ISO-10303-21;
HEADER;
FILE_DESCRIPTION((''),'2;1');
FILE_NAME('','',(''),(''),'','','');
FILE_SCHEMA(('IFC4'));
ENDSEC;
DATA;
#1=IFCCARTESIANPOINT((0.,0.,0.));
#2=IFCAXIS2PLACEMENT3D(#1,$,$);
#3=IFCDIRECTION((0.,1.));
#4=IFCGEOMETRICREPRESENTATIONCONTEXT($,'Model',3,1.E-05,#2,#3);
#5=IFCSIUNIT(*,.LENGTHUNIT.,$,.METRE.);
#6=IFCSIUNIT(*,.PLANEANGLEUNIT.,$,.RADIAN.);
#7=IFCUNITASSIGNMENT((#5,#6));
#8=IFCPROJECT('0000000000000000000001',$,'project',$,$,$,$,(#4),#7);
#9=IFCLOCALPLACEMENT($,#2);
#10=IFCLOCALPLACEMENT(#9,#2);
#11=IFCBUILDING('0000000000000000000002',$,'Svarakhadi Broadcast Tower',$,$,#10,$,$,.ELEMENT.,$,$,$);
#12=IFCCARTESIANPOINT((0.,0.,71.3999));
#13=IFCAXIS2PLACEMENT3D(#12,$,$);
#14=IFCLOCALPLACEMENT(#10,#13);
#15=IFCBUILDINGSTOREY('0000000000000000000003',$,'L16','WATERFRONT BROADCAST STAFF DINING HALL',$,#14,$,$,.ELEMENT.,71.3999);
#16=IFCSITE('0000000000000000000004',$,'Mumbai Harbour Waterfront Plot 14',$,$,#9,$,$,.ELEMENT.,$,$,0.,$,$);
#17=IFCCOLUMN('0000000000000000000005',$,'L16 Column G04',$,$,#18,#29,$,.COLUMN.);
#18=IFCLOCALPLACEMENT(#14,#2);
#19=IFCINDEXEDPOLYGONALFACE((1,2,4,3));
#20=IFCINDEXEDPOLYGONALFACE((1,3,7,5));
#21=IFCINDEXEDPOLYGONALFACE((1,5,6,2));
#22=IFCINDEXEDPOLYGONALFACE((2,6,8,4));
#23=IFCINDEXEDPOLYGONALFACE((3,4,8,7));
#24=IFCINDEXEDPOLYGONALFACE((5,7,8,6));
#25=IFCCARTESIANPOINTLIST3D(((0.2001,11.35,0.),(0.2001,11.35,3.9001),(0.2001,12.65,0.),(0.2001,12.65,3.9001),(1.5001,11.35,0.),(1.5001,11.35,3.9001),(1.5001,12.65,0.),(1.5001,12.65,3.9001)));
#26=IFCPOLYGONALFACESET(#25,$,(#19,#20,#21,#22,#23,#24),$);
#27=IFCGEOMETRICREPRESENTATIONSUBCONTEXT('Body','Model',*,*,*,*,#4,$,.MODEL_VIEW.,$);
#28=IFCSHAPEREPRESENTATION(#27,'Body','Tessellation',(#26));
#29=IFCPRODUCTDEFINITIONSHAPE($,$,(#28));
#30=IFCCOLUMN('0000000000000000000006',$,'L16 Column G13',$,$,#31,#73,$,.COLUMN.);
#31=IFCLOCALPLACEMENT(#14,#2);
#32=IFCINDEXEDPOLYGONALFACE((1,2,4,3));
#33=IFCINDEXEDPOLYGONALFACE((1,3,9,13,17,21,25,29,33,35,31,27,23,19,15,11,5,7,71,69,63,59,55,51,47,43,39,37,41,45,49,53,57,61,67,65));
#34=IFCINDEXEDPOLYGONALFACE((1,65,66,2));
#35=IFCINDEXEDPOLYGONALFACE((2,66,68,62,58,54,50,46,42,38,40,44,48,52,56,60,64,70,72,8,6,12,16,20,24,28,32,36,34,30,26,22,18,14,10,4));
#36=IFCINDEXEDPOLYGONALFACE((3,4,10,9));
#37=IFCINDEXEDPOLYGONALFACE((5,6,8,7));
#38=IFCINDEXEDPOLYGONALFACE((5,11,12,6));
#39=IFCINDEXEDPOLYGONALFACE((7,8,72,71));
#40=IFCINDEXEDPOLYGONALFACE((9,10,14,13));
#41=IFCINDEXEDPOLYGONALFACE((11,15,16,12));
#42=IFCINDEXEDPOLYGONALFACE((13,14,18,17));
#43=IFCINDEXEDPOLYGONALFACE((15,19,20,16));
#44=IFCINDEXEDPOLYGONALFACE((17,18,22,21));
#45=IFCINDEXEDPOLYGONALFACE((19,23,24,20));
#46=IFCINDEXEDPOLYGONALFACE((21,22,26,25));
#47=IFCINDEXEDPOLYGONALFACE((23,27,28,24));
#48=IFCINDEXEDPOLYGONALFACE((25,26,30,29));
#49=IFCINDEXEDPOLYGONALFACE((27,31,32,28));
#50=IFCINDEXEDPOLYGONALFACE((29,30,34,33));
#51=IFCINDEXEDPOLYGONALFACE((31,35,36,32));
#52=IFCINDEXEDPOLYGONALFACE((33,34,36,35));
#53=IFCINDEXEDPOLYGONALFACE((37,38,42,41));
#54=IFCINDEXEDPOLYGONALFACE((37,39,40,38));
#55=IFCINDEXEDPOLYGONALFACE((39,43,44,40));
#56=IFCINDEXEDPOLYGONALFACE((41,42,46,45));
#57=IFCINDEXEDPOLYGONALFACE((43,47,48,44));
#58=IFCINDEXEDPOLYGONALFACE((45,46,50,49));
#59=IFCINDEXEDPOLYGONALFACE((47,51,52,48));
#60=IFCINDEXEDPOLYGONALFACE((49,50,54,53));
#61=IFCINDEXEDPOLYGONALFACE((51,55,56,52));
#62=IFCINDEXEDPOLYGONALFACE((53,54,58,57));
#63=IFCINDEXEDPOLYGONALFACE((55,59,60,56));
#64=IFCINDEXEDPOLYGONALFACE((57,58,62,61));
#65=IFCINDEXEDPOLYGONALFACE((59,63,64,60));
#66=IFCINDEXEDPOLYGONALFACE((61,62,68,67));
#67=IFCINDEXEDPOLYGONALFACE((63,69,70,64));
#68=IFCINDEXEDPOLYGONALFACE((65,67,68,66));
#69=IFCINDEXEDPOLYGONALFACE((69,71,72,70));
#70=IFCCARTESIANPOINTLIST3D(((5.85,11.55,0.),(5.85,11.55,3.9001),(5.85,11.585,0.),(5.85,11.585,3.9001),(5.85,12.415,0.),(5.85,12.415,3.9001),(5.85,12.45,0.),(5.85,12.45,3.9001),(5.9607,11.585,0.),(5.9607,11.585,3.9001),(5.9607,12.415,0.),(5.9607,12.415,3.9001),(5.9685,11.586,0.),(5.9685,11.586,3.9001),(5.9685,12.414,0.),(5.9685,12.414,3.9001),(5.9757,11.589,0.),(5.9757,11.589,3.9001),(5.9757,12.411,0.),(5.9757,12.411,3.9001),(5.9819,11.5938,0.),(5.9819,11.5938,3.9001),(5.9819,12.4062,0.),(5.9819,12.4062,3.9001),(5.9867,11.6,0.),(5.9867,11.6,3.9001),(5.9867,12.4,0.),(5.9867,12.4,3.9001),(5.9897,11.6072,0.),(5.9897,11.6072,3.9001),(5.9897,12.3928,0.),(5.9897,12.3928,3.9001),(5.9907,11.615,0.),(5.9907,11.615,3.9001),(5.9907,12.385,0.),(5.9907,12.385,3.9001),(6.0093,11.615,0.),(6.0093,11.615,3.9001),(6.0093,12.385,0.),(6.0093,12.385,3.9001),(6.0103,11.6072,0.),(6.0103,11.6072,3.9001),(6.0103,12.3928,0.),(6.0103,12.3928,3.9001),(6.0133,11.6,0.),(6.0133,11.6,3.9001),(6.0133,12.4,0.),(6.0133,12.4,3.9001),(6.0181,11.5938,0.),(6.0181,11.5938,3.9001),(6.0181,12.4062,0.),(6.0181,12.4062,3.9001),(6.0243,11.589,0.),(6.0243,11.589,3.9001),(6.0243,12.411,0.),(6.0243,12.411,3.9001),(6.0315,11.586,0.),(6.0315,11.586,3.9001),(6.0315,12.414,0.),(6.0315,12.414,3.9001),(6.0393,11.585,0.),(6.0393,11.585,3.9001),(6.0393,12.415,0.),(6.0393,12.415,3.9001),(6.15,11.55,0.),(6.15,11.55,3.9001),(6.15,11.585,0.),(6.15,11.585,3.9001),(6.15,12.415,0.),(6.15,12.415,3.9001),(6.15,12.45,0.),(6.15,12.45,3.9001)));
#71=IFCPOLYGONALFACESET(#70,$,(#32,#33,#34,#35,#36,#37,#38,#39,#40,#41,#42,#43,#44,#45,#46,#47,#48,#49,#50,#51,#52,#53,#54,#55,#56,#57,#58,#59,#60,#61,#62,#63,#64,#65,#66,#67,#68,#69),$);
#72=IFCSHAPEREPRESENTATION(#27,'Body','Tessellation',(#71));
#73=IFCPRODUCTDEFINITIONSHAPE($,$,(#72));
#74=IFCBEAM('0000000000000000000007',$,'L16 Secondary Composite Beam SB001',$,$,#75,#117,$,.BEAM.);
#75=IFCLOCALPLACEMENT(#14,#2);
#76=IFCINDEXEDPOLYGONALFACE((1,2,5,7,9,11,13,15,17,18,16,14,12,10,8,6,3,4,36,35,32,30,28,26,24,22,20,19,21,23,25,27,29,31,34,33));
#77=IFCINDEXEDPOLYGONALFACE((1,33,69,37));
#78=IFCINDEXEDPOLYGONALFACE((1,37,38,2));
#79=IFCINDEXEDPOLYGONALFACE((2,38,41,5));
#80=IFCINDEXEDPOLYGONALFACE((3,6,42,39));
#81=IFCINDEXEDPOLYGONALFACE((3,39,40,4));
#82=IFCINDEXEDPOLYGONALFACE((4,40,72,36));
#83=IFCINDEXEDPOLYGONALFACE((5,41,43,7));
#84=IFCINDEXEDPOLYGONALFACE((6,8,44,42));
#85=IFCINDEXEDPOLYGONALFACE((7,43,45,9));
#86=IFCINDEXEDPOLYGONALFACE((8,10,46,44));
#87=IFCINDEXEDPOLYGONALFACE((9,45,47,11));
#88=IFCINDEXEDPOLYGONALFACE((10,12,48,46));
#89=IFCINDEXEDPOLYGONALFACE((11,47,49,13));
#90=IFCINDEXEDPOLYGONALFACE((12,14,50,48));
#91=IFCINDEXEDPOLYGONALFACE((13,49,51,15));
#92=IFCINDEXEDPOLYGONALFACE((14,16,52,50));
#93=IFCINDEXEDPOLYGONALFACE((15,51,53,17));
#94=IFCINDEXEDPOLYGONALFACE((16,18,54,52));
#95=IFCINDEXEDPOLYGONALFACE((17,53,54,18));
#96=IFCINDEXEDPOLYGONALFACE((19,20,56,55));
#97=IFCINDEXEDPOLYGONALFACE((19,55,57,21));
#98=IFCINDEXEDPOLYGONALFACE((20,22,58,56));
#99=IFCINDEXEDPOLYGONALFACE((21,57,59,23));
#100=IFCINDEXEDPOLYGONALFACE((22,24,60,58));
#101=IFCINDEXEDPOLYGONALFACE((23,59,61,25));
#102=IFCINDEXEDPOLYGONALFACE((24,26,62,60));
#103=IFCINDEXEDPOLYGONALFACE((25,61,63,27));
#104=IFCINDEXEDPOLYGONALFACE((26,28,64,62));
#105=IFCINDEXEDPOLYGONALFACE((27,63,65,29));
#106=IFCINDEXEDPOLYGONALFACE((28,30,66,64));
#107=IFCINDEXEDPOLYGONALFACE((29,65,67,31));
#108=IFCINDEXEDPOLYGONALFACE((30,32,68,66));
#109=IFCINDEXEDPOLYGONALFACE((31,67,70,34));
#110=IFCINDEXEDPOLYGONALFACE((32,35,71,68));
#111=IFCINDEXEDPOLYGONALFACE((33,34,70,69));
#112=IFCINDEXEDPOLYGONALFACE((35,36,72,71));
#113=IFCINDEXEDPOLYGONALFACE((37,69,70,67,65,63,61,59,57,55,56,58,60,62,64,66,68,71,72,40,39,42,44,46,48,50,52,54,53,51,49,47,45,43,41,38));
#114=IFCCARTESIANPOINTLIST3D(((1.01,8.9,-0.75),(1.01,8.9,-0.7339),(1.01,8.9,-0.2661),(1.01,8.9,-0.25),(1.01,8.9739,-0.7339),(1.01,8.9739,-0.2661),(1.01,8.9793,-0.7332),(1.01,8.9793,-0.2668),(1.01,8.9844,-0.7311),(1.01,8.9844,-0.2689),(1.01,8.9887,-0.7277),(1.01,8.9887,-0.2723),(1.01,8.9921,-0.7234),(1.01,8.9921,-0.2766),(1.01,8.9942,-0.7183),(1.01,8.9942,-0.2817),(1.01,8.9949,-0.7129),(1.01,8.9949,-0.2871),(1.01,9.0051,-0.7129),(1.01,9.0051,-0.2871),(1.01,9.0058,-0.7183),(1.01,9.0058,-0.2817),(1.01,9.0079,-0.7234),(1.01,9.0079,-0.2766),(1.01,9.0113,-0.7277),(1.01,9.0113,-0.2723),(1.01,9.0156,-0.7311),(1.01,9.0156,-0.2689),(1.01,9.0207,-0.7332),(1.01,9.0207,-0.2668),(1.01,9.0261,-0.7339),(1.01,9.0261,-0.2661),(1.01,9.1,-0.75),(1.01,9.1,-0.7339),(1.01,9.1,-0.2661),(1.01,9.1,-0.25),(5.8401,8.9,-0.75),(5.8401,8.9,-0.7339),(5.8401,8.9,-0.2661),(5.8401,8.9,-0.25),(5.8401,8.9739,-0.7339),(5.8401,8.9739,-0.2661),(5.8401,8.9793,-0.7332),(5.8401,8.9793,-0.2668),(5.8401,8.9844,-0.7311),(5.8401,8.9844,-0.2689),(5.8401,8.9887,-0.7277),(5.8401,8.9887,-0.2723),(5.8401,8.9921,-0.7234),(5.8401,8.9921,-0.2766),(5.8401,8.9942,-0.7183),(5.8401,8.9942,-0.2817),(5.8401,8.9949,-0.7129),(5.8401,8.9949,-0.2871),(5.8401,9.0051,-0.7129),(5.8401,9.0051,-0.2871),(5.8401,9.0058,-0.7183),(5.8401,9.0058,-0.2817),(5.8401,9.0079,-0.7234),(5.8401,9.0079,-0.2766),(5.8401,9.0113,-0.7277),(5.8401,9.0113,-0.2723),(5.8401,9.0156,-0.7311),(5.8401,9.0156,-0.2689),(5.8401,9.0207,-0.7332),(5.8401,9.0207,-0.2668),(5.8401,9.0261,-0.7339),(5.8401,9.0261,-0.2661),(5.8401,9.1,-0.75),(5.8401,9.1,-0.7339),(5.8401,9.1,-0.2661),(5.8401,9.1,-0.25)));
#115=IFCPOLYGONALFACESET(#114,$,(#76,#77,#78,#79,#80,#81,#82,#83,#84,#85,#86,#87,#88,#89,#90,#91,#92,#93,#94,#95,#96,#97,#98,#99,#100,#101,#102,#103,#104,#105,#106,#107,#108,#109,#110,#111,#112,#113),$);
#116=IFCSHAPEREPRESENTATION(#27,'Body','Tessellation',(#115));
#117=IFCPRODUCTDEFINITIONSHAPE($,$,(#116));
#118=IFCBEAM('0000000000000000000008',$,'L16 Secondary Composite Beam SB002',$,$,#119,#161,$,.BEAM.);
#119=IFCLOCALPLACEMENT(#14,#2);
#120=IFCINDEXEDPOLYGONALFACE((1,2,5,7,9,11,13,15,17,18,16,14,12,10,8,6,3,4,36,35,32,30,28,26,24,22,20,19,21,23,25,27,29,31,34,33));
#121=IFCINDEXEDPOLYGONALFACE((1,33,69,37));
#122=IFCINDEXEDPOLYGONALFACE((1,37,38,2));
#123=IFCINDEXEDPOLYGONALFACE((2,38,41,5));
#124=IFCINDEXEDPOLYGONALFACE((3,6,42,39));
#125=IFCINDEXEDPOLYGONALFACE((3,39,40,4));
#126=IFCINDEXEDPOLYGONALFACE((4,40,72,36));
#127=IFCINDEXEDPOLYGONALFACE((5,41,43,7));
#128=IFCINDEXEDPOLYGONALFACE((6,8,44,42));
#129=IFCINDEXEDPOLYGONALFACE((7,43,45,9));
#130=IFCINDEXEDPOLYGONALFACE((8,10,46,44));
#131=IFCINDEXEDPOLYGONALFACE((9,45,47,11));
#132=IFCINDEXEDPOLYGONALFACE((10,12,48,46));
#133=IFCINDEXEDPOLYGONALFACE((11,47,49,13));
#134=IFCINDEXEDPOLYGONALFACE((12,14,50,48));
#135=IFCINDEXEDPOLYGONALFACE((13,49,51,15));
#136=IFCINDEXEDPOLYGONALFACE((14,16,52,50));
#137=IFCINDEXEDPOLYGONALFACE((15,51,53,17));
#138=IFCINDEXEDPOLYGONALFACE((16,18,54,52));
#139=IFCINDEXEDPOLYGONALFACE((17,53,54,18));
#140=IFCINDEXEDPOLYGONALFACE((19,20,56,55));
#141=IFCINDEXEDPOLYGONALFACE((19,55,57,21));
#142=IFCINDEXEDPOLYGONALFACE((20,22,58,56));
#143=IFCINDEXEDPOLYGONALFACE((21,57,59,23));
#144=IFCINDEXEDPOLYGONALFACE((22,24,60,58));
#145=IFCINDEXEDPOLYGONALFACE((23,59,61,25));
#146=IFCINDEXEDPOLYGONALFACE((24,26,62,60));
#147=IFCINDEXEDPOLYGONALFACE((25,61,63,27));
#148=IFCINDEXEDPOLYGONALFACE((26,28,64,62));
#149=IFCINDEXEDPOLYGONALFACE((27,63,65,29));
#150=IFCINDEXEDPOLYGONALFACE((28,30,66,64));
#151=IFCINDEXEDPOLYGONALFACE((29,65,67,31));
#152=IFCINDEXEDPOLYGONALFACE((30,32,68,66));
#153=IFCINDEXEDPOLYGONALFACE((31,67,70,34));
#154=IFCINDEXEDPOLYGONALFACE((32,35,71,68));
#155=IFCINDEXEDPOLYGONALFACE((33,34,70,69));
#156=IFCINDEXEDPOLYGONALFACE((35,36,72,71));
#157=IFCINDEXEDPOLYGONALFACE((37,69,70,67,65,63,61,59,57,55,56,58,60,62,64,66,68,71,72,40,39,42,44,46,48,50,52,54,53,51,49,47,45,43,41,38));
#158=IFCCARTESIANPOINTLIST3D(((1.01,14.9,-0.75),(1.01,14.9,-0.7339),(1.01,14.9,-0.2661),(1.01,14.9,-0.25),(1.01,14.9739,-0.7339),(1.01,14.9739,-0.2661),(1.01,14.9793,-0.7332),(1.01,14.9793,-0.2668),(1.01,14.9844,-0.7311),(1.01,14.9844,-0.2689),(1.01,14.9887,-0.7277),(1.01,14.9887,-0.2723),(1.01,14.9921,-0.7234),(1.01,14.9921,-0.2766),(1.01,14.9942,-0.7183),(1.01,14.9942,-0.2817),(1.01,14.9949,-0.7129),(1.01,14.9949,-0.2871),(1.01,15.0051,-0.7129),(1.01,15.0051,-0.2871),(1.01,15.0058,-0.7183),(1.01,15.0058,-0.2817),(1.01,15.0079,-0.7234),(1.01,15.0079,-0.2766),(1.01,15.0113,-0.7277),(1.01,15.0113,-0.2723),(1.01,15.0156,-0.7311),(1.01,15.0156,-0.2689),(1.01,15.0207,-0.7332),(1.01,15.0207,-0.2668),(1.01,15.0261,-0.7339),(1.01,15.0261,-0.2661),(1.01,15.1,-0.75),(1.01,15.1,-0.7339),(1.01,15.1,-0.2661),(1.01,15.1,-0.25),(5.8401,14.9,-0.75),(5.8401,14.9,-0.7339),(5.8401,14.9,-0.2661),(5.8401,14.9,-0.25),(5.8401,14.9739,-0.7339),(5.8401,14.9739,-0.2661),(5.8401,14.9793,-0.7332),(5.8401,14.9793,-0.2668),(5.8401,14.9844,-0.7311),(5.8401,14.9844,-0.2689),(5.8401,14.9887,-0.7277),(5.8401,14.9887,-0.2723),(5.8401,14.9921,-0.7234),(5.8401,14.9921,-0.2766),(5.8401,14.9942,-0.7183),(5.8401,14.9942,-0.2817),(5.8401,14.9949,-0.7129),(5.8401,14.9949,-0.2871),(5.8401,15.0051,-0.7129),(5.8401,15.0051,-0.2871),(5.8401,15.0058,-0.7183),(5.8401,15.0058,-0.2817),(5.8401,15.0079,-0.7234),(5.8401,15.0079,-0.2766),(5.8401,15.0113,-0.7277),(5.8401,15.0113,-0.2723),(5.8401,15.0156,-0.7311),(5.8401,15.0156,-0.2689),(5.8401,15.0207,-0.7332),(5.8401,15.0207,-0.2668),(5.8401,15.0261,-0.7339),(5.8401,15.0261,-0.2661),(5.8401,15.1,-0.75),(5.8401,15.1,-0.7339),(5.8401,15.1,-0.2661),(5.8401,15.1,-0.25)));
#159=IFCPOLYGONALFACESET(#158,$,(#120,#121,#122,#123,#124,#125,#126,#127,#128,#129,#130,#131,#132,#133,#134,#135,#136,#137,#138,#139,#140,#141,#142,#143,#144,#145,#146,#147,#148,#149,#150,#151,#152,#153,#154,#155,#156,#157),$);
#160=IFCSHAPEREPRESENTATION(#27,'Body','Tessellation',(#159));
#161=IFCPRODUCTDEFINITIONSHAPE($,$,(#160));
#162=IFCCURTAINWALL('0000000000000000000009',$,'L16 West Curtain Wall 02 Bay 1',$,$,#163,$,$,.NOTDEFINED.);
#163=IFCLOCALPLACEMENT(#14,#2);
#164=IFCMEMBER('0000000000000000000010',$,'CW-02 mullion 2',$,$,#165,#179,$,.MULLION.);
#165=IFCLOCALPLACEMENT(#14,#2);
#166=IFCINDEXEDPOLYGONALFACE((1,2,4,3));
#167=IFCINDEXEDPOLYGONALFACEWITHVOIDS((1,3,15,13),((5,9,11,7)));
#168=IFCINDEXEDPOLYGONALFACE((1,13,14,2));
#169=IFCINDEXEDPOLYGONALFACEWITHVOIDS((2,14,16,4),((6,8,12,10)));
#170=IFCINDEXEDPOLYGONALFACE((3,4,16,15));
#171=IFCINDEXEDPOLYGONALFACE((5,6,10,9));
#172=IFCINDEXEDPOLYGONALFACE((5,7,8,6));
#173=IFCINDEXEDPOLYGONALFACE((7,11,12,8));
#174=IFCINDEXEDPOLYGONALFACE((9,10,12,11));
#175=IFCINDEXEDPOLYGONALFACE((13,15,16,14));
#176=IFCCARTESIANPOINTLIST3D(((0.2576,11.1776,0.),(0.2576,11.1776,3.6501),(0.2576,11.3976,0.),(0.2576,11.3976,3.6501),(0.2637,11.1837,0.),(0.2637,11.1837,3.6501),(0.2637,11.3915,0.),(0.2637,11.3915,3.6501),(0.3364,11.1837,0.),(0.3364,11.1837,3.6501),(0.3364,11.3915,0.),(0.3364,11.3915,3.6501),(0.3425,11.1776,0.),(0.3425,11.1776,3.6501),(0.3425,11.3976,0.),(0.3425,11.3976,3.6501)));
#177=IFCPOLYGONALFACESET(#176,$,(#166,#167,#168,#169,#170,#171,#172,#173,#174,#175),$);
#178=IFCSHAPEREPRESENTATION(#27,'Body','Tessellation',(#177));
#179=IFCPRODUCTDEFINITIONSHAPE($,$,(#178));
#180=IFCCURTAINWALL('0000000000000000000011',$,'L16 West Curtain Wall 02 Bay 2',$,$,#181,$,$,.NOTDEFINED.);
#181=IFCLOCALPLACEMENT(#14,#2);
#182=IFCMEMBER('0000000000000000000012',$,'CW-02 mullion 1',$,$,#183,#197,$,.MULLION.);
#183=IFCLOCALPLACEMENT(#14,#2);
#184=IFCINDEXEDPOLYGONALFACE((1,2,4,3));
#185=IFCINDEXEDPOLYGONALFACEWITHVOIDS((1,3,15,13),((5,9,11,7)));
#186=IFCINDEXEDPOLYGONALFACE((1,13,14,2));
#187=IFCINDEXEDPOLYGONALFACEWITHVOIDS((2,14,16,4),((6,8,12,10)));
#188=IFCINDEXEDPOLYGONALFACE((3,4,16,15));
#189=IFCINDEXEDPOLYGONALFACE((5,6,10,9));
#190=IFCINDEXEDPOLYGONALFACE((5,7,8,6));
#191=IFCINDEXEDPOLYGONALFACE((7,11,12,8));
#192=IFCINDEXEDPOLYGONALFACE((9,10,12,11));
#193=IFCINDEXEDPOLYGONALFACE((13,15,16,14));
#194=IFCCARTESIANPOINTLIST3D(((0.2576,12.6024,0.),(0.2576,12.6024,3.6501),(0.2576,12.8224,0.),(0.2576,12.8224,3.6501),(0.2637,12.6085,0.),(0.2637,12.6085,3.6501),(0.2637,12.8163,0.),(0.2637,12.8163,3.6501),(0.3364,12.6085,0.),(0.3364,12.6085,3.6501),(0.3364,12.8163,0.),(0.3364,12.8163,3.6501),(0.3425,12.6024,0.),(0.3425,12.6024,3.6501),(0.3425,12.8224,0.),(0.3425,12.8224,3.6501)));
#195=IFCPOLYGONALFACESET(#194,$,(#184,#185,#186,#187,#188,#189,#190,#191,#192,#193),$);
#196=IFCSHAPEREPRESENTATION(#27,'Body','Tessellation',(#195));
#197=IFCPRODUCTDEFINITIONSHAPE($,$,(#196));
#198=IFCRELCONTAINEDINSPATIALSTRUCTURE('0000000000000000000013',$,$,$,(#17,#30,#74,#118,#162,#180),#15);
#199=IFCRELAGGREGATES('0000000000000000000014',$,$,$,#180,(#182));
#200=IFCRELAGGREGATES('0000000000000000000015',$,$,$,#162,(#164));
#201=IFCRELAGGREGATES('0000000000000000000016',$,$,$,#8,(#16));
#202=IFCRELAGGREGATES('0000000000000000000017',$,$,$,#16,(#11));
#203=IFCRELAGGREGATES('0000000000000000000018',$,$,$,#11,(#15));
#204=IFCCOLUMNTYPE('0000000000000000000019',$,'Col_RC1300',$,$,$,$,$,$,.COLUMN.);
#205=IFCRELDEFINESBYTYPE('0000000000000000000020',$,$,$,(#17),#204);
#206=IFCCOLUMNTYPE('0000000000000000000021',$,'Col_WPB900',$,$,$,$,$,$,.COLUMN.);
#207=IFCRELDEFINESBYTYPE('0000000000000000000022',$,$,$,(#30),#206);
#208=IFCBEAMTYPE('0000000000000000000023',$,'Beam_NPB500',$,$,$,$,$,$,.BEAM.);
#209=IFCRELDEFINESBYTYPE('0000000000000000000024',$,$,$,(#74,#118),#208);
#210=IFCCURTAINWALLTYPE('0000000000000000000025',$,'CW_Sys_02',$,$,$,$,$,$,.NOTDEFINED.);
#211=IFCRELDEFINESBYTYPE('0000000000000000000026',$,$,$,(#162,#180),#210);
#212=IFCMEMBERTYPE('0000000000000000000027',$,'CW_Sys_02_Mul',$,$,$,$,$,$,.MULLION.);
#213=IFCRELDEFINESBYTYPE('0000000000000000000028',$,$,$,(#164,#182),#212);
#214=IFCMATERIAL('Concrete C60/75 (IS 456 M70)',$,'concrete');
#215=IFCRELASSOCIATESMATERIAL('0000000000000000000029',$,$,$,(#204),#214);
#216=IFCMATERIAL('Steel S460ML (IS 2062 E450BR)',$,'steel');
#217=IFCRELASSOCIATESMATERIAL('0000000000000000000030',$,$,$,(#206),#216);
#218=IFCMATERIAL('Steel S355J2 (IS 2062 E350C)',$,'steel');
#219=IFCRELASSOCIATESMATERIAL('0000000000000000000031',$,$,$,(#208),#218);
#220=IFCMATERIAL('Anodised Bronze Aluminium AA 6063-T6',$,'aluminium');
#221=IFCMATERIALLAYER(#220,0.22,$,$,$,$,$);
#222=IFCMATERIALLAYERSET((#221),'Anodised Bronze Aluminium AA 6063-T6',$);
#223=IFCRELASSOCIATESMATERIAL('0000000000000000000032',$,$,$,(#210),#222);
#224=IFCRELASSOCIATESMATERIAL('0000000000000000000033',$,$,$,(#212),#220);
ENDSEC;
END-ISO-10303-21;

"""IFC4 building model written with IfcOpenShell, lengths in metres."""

from ifc_helpers import new_model, si_unit, direction, frame, origin, origin_2d, place, context, subcontext, project, spatial, rectangle, hollow_rectangle, i_section, extrude, material, layer, layer_set, material_profile, profile_set, type_object, element, aggregate, save


model = new_model("IFC4")

# Units and contexts
model_context = context("Model", 3, precision=1e-05, world=origin(), true_north=direction((0.0, 1.0)))
body_context = subcontext(model_context, "Body", "Model", "MODEL_VIEW")
ifc_project = project(units=[si_unit("LENGTHUNIT", "METRE"), si_unit("PLANEANGLEUNIT", "RADIAN")], contexts=[model_context])

# Site, building, storey
site_placement = place(None, origin())
site = spatial("IfcSite", under=ifc_project, at=site_placement, Name="Mumbai Harbour Waterfront Plot 14", CompositionType="ELEMENT", RefElevation=0.0)
building_placement = place(site_placement, origin())
building = spatial("IfcBuilding", under=site, at=building_placement, Name="Svarakhadi Broadcast Tower", CompositionType="ELEMENT")
storey_placement = place(building_placement, frame((0.0, 0.0, 71.3999)))
storey = spatial("IfcBuildingStorey", under=building, at=storey_placement, Name="L16", Description="WATERFRONT BROADCAST STAFF DINING HALL", CompositionType="ELEMENT", Elevation=71.3999)

# Columns
ifc_material_1 = material(Name="Concrete C60/75 (IS 456 M70)", Category="concrete")
ifc_material_profile_1 = material_profile(ifc_material_1, rectangle(XDim=1.3, YDim=1.3, at=origin_2d()), Name="RC 1300x1300")
ifc_profile_set_1 = profile_set([ifc_material_profile_1], Name="Concrete C60/75 (IS 456 M70)")
column_type_1 = type_object("IfcColumnType", Name="Col_RC1300", PredefinedType="COLUMN", material=ifc_profile_set_1)
column_1_placement = place(storey_placement, frame((0.8501, 12.0, 0.0), z_axis=(0.0, 0.0, 1.0), x_axis=(1.0, 0.0, 0.0)))
element("IfcColumn", 1, at=column_1_placement, inside=storey, type_object=column_type_1, Name="L16 Column G04", PredefinedType="COLUMN", context=body_context, shape_type="SweptSolid", body=[
    extrude(rectangle(XDim=1.3, YDim=1.3, at=origin_2d()), origin(), (0.0, 0.0, 1.0), 3.9001),
])
ifc_material_2 = material(Name="Steel S460ML (IS 2062 E450BR)", Category="steel")
ifc_material_profile_2 = material_profile(ifc_material_2, i_section(OverallWidth=0.3, OverallDepth=0.8999, WebThickness=0.0186, FlangeThickness=0.0349, FilletRadius=0.03, at=origin_2d()), Name="WPB 900x300x291")
ifc_profile_set_2 = profile_set([ifc_material_profile_2], Name="Steel S460ML (IS 2062 E450BR)")
column_type_2 = type_object("IfcColumnType", Name="Col_WPB900", PredefinedType="COLUMN", material=ifc_profile_set_2)
column_2_placement = place(storey_placement, frame((6.0, 12.0, 0.0), z_axis=(0.0, 0.0, 1.0), x_axis=(1.0, 0.0, 0.0)))
element("IfcColumn", 2, at=column_2_placement, inside=storey, type_object=column_type_2, Name="L16 Column G13", PredefinedType="COLUMN", context=body_context, shape_type="SweptSolid", body=[
    extrude(i_section(OverallWidth=0.3, OverallDepth=0.8999, WebThickness=0.0186, FlangeThickness=0.0349, FilletRadius=0.03, at=origin_2d()), origin(), (0.0, 0.0, 1.0), 3.9001),
])

# Beams
ifc_material_3 = material(Name="Steel S355J2 (IS 2062 E350C)", Category="steel")
ifc_material_profile_3 = material_profile(ifc_material_3, i_section(OverallWidth=0.2, OverallDepth=0.5, WebThickness=0.0103, FlangeThickness=0.0161, FilletRadius=0.021, at=origin_2d()), Name="NPB 500x200x91")
ifc_profile_set_3 = profile_set([ifc_material_profile_3], Name="Steel S355J2 (IS 2062 E350C)")
beam_type_1 = type_object("IfcBeamType", Name="Beam_NPB500", PredefinedType="BEAM", material=ifc_profile_set_3)
for number, where, z_axis, x_axis, name in (
    (3, (1.01, 9.0, -0.5), (1.0, 0.0, 0.0), (0.0, 1.0, 0.0), "L16 Secondary Composite Beam SB001"),
    (4, (1.01, 15.0, -0.5), (1.0, 0.0, 0.0), (0.0, 1.0, 0.0), "L16 Secondary Composite Beam SB002"),
):
    element("IfcBeam", number, at=place(storey_placement, frame(where, z_axis=z_axis, x_axis=x_axis)), inside=storey, type_object=beam_type_1, Name=name, PredefinedType="BEAM", context=body_context, shape_type="SweptSolid", body=[
        extrude(i_section(OverallWidth=0.2, OverallDepth=0.5, WebThickness=0.0103, FlangeThickness=0.0161, FilletRadius=0.021, at=origin_2d()), origin(), (0.0, 0.0, 1.0), 4.8301),
    ])

# Curtain wall, member
ifc_material_4 = material(Name="Anodised Bronze Aluminium AA 6063-T6", Category="aluminium")
ifc_layer_1 = layer(ifc_material_4, 0.22)
ifc_layer_set_1 = layer_set([ifc_layer_1], Name="Anodised Bronze Aluminium AA 6063-T6")
curtain_wall_type = type_object("IfcCurtainWallType", Name="CW_Sys_02", PredefinedType="NOTDEFINED", material=ifc_layer_set_1)
curtain_wall_1_placement = place(storey_placement, origin())
curtain_wall_1 = element("IfcCurtainWall", 5, at=curtain_wall_1_placement, inside=storey, type_object=curtain_wall_type, Name="L16 West Curtain Wall 02 Bay 1", PredefinedType="NOTDEFINED")
ifc_material_profile_4 = material_profile(ifc_material_4, hollow_rectangle(XDim=0.085, YDim=0.22, WallThickness=0.0061, at=origin_2d()), Name="ALU MULLION 220x85x6")
ifc_profile_set_4 = profile_set([ifc_material_profile_4], Name="Anodised Bronze Aluminium AA 6063-T6")
member_type_1 = type_object("IfcMemberType", Name="CW_Sys_02_Mul", PredefinedType="MULLION", material=ifc_profile_set_4)
member_1_placement = place(storey_placement, frame((0.3, 11.2876, 0.0), z_axis=(0.0, 0.0, 1.0), x_axis=(-1.0, 0.0, 0.0)))
member_1 = element("IfcMember", 6, at=member_1_placement, type_object=member_type_1, Name="CW-02 mullion 2", PredefinedType="MULLION", context=body_context, shape_type="SweptSolid", body=[
    extrude(hollow_rectangle(XDim=0.085, YDim=0.22, WallThickness=0.0061, at=origin_2d()), origin(), (0.0, 0.0, 1.0), 3.6501),
])

# Curtain wall, member
curtain_wall_2_placement = place(storey_placement, origin())
curtain_wall_2 = element("IfcCurtainWall", 7, at=curtain_wall_2_placement, inside=storey, type_object=curtain_wall_type, Name="L16 West Curtain Wall 02 Bay 2", PredefinedType="NOTDEFINED")
member_2_placement = place(storey_placement, frame((0.3, 12.7124, 0.0), z_axis=(0.0, 0.0, 1.0), x_axis=(-1.0, 0.0, 0.0)))
member_2 = element("IfcMember", 8, at=member_2_placement, type_object=member_type_1, Name="CW-02 mullion 1", PredefinedType="MULLION", context=body_context, shape_type="SweptSolid", body=[
    extrude(hollow_rectangle(XDim=0.085, YDim=0.22, WallThickness=0.0061, at=origin_2d()), origin(), (0.0, 0.0, 1.0), 3.6501),
])
aggregate(curtain_wall_2, [member_2])

aggregate(curtain_wall_1, [member_1])

save(model, "model.ifc")
